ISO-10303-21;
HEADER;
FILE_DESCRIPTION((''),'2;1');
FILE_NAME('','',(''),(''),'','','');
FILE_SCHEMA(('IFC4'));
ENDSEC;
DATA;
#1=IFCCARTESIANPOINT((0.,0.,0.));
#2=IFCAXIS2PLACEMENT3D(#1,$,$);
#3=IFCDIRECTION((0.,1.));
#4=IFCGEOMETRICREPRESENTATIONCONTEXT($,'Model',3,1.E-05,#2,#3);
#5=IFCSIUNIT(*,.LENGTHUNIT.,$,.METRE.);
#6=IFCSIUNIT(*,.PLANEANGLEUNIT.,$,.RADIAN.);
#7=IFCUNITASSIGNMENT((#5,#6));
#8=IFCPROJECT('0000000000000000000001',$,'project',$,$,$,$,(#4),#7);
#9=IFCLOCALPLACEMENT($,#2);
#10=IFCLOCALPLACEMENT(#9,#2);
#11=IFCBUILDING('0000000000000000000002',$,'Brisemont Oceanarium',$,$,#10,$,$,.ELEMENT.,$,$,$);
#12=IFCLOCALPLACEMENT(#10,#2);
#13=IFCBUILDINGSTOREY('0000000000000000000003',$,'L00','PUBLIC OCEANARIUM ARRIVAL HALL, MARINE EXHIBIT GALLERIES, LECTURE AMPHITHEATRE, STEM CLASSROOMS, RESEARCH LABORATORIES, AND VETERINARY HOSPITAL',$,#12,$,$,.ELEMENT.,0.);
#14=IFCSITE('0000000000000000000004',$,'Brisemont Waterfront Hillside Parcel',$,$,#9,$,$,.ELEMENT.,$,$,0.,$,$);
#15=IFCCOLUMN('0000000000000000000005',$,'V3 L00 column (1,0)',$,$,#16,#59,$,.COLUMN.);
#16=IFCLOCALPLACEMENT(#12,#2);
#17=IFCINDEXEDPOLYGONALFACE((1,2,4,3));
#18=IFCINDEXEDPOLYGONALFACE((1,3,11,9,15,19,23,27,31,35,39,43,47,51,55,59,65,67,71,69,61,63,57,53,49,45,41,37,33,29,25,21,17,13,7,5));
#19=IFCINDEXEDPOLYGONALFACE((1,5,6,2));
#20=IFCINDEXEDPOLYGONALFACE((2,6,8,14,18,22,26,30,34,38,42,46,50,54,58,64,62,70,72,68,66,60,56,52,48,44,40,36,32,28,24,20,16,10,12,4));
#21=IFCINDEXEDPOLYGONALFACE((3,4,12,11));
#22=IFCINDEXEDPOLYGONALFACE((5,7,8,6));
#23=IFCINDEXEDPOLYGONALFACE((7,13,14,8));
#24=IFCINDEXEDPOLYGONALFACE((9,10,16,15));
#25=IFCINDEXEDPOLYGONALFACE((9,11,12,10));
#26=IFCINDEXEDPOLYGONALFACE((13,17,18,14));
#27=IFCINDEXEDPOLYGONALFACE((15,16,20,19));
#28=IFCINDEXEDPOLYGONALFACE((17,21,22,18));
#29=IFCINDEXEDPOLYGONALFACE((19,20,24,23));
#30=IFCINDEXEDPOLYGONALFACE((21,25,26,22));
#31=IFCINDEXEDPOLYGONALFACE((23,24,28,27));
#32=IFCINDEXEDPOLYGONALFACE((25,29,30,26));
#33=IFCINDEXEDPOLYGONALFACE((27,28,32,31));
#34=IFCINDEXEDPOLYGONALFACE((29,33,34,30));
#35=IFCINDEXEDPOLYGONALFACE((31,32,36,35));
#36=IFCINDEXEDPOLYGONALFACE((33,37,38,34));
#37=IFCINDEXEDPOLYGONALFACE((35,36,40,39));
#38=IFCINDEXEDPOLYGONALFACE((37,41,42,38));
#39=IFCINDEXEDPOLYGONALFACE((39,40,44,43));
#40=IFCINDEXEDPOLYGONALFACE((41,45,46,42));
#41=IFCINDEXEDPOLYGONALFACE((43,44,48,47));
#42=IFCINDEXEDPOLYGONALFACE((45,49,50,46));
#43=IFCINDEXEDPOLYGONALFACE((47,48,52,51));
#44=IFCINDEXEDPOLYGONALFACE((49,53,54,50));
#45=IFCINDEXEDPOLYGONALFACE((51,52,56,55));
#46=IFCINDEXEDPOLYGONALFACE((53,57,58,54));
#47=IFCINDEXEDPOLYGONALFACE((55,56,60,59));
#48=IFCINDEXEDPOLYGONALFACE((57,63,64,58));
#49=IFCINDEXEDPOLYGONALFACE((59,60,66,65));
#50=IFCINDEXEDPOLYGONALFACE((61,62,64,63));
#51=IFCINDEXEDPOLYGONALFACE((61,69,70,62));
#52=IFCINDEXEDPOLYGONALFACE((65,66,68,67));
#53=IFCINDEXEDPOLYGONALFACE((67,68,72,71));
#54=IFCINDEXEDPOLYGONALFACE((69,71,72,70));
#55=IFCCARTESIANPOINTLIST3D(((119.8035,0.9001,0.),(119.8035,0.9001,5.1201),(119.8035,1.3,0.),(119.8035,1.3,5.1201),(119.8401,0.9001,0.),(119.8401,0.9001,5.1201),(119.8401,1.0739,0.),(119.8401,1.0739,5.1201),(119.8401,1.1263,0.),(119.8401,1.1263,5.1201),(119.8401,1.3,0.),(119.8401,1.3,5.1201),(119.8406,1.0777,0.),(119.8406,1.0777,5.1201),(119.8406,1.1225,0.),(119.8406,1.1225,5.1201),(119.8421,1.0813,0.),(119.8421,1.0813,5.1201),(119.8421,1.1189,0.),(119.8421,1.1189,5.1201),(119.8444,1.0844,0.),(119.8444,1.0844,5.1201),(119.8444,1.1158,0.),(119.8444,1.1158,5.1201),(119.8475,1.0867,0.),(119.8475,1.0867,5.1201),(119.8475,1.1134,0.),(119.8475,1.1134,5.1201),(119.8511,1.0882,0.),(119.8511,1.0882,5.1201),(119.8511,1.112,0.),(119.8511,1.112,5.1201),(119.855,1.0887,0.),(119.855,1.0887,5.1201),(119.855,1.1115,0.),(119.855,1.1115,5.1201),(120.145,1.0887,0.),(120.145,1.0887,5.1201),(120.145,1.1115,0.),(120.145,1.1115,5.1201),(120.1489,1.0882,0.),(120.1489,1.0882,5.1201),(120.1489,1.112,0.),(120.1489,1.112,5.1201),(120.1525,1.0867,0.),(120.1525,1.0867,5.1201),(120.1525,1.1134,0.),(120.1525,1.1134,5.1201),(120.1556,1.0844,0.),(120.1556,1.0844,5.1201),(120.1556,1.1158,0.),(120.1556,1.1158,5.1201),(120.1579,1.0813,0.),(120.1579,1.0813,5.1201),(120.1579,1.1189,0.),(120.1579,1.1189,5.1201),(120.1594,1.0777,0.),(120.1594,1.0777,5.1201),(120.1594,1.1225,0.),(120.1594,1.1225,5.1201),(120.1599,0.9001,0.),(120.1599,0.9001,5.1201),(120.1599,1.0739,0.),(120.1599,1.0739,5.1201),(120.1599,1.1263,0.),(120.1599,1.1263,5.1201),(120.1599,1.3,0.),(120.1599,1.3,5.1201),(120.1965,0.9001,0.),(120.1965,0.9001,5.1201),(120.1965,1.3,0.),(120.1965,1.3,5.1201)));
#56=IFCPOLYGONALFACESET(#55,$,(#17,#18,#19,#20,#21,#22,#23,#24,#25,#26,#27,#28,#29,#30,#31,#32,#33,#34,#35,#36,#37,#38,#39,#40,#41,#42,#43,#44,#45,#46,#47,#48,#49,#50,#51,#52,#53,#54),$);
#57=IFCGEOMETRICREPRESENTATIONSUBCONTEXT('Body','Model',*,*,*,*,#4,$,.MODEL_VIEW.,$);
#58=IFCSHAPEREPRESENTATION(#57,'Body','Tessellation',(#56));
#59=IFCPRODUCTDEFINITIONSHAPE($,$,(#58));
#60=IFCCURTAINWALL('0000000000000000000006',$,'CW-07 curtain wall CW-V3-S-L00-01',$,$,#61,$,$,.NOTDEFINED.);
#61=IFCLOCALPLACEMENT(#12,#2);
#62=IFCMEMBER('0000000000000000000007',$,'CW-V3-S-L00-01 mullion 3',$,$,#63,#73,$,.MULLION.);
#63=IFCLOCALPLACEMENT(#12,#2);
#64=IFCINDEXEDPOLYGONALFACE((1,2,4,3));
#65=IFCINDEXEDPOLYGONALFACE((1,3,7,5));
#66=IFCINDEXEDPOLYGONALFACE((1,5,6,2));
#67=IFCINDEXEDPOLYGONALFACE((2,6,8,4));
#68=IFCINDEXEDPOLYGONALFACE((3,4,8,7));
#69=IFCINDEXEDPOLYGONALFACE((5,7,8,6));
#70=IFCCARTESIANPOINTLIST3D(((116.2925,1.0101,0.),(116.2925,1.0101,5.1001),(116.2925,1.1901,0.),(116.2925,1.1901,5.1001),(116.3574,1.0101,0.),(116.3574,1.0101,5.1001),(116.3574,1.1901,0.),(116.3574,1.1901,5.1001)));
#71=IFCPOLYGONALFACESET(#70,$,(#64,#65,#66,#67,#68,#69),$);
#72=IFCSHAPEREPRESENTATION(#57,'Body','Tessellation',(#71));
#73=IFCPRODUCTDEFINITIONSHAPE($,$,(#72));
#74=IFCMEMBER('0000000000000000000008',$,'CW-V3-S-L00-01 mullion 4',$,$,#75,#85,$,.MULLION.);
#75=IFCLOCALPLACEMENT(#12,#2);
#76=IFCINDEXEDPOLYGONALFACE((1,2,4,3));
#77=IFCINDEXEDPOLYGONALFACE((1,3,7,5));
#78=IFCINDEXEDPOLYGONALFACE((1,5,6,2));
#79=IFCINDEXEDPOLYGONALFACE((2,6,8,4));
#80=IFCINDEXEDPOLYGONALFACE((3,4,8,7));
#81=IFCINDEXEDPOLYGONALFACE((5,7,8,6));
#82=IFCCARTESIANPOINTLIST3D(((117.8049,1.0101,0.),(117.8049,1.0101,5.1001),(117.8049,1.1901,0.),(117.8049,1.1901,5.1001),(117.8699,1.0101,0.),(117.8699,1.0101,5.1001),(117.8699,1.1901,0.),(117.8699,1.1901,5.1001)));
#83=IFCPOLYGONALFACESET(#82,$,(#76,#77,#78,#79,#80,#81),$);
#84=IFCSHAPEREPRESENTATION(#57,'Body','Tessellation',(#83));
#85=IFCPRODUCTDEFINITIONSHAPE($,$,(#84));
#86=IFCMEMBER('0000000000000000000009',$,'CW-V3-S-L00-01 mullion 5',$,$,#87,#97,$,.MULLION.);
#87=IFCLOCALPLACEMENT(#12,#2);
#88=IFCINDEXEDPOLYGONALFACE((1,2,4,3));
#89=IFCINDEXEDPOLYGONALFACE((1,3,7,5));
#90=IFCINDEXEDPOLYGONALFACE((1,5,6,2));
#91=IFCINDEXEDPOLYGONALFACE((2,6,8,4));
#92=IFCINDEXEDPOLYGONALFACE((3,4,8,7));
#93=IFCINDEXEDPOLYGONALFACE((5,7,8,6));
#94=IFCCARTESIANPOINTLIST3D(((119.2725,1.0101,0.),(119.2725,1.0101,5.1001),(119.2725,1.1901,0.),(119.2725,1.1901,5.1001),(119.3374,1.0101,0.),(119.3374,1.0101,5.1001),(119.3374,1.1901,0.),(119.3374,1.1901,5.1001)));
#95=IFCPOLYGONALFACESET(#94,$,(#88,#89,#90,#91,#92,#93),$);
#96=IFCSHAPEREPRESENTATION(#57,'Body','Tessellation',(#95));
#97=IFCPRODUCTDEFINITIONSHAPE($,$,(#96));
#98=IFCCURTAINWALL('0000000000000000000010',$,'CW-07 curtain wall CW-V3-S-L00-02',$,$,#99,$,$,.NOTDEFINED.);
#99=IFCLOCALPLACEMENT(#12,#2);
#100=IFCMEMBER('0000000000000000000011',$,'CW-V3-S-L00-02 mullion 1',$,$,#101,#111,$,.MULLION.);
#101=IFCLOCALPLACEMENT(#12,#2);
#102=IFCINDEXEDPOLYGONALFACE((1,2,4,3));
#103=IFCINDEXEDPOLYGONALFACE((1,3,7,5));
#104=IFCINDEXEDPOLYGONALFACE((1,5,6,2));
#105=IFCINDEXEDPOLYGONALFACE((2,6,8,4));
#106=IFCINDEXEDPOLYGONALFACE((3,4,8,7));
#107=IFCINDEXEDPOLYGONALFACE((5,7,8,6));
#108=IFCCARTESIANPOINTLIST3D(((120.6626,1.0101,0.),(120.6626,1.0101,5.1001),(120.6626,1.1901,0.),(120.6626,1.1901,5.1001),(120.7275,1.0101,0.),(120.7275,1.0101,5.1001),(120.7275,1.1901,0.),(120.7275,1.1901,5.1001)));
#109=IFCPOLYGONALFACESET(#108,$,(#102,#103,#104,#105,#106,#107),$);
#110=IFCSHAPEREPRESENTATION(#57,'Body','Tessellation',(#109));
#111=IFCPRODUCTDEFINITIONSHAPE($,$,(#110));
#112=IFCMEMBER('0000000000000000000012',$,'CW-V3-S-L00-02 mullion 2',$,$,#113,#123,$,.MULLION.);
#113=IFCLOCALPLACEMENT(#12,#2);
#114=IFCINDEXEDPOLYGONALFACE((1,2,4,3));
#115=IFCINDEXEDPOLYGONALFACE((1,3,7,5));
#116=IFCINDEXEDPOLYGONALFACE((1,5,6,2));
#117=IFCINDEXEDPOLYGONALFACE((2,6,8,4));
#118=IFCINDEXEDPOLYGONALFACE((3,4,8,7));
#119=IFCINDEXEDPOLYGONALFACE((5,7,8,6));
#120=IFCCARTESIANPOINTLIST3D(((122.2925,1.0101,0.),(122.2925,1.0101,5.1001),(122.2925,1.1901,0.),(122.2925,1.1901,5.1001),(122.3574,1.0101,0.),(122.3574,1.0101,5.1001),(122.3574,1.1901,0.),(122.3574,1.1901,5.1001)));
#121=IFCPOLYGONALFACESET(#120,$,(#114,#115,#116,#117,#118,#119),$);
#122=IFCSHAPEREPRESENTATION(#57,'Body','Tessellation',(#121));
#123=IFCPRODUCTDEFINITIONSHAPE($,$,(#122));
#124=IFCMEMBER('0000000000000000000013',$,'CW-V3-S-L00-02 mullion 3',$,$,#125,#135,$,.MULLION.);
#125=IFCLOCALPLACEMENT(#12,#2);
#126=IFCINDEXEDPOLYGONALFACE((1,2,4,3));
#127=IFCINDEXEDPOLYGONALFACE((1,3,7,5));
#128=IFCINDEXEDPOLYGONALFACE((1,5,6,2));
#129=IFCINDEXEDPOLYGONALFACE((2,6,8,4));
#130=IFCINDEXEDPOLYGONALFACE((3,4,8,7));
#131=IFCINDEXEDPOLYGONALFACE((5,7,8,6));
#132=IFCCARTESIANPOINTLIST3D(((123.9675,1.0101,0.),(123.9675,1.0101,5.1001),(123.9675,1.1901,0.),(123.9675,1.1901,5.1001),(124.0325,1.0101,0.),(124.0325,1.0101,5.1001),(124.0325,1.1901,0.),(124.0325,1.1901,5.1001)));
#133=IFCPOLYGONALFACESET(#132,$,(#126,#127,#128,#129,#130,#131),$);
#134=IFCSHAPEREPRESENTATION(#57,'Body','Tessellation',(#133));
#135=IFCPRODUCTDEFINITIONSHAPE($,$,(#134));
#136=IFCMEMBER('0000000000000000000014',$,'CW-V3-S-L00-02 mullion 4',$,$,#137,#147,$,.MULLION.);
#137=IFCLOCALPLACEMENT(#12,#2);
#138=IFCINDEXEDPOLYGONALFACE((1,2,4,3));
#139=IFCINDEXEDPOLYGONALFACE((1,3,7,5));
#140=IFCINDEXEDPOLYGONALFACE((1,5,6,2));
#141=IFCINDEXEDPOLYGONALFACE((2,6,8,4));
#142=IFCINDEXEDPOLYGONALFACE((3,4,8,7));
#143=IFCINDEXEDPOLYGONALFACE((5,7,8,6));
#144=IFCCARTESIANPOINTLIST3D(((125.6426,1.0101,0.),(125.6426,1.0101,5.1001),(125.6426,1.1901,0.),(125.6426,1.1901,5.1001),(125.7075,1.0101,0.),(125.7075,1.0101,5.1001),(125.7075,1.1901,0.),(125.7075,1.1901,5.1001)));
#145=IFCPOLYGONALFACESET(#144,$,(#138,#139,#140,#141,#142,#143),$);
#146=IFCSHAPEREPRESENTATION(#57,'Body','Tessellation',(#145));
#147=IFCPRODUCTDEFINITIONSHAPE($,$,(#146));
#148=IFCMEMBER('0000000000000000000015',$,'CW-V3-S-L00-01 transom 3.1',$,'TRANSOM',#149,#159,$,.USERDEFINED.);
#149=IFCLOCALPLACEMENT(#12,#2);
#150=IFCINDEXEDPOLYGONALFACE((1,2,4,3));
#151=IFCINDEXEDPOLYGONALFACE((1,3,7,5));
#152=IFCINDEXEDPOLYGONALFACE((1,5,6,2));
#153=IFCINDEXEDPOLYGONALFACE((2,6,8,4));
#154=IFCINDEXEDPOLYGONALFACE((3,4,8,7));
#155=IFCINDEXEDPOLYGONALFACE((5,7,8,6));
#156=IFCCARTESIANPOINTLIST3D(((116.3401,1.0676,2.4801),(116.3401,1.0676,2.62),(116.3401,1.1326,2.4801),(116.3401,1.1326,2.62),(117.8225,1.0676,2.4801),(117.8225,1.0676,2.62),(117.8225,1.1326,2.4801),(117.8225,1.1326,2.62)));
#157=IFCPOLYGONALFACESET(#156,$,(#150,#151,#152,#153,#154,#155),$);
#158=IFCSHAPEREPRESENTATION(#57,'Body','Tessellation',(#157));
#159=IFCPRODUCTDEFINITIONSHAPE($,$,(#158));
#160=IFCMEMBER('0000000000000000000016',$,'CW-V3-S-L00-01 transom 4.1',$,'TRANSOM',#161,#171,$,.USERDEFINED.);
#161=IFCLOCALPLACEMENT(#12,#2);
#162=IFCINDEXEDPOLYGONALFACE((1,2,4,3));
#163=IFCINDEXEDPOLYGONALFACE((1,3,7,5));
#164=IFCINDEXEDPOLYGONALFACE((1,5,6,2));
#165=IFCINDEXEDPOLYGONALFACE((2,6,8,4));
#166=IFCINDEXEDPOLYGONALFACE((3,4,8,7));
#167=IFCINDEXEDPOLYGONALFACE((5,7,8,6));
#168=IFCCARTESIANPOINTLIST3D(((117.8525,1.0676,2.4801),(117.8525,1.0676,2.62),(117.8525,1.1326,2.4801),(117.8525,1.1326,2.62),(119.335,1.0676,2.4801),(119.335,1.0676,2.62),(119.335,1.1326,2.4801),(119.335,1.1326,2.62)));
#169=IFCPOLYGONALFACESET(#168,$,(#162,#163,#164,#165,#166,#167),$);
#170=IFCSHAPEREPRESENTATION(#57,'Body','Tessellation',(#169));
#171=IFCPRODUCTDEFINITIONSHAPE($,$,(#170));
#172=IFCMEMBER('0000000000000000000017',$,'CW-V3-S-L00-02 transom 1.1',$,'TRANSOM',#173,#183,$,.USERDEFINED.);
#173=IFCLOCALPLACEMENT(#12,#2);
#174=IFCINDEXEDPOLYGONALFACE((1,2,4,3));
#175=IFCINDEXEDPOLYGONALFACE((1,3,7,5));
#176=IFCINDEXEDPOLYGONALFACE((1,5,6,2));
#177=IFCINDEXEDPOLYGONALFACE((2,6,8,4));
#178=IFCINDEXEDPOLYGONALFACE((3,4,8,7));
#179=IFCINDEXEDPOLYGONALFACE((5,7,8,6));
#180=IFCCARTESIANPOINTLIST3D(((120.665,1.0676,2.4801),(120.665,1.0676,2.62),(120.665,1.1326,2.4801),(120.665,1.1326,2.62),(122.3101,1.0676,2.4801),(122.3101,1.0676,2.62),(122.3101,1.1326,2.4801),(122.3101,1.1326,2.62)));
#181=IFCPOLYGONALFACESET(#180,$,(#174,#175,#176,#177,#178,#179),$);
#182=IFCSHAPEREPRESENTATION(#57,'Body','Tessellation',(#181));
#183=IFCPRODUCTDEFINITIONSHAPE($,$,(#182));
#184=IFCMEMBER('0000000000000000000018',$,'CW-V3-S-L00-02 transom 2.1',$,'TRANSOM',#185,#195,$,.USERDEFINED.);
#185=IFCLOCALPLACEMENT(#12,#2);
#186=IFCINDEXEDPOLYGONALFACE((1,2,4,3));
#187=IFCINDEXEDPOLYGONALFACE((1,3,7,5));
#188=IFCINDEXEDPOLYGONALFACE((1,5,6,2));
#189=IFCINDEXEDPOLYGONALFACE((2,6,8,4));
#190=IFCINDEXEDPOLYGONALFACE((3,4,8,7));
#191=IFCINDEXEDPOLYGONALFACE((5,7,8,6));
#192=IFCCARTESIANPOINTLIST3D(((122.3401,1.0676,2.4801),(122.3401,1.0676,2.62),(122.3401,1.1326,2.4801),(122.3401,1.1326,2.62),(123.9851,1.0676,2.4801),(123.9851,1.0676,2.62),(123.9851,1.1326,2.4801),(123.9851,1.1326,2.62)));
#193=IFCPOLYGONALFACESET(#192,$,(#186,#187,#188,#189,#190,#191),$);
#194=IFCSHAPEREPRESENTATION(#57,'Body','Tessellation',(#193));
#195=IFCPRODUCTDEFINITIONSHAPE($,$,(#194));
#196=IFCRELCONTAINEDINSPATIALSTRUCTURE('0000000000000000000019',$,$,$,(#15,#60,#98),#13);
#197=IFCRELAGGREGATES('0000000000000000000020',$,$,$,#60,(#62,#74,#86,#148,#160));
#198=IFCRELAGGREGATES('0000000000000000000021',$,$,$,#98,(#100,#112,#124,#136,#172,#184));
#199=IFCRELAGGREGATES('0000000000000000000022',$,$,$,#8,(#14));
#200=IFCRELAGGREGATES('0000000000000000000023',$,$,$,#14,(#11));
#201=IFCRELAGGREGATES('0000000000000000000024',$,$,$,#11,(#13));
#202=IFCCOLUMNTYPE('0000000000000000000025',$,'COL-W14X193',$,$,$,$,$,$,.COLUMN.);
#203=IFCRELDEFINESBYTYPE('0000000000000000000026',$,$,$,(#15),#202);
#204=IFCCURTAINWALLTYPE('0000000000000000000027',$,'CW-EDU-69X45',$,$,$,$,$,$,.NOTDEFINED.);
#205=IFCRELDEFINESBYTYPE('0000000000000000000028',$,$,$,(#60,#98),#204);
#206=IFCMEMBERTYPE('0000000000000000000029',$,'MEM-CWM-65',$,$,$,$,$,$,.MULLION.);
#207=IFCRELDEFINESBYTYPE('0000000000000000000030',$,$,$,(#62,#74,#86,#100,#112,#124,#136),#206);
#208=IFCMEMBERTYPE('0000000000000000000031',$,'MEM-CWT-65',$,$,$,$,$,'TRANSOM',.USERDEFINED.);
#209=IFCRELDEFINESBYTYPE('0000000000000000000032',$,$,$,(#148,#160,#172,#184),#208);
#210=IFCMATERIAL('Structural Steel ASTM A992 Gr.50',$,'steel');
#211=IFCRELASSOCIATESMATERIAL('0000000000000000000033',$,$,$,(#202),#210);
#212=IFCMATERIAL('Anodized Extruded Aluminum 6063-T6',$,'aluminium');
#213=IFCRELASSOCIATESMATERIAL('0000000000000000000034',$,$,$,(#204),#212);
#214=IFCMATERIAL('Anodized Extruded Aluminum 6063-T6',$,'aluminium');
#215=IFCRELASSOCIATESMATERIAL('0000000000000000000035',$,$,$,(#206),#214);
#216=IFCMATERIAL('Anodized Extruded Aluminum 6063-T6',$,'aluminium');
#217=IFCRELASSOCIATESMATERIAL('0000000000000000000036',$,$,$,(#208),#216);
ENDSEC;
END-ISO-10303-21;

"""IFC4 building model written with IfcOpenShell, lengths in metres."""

from ifc_helpers import new_model, si_unit, direction, frame, origin, origin_2d, place, context, subcontext, project, spatial, rectangle, i_section, extrude, material, material_profile, profile_set, type_object, element, aggregate, save


model = new_model("IFC4")

# Units and contexts
model_context = context("Model", 3, precision=1e-05, world=origin(), true_north=direction((0.0, 1.0)))
body_context = subcontext(model_context, "Body", "Model", "MODEL_VIEW")
ifc_project = project(units=[si_unit("LENGTHUNIT", "METRE"), si_unit("PLANEANGLEUNIT", "RADIAN")], contexts=[model_context])

# Site, building, storey
site_placement = place(None, origin())
site = spatial("IfcSite", under=ifc_project, at=site_placement, Name="Brisemont Waterfront Hillside Parcel", CompositionType="ELEMENT", RefElevation=0.0)
building_placement = place(site_placement, origin())
building = spatial("IfcBuilding", under=site, at=building_placement, Name="Brisemont Oceanarium", CompositionType="ELEMENT")
storey_placement = place(building_placement, origin())
storey = spatial("IfcBuildingStorey", under=building, at=storey_placement, Name="L00", Description="PUBLIC OCEANARIUM ARRIVAL HALL, MARINE EXHIBIT GALLERIES, LECTURE AMPHITHEATRE, STEM CLASSROOMS, RESEARCH LABORATORIES, AND VETERINARY HOSPITAL", CompositionType="ELEMENT", Elevation=0.0)

# Column
ifc_material_1 = material(Name="Structural Steel ASTM A992 Gr.50", Category="steel")
ifc_material_profile_1 = material_profile(ifc_material_1, i_section(OverallWidth=0.3999, OverallDepth=0.3931, WebThickness=0.0227, FlangeThickness=0.0366, FilletRadius=0.0149, at=origin_2d()), Name="W14X193")
ifc_profile_set_1 = profile_set([ifc_material_profile_1], Name="Structural Steel ASTM A992 Gr.50")
column_type_1 = type_object("IfcColumnType", Name="COL-W14X193", PredefinedType="COLUMN", material=ifc_profile_set_1)
column_1_placement = place(storey_placement, frame((120.0, 1.1001, 0.0), z_axis=(0.0, 0.0, 1.0), x_axis=(0.0, 1.0, 0.0)))
element("IfcColumn", 1, at=column_1_placement, inside=storey, type_object=column_type_1, Name="V3 L00 column (1,0)", PredefinedType="COLUMN", context=body_context, shape_type="SweptSolid", body=[
    extrude(i_section(OverallWidth=0.3999, OverallDepth=0.3931, WebThickness=0.0227, FlangeThickness=0.0366, FilletRadius=0.0149, at=origin_2d()), origin(), (0.0, 0.0, 1.0), 5.1201),
])

# Curtain walls, members
ifc_material_2 = material(Name="Anodized Extruded Aluminum 6063-T6", Category="aluminium")
curtain_wall_type = type_object("IfcCurtainWallType", Name="CW-EDU-69X45", PredefinedType="NOTDEFINED", material=ifc_material_2)
curtain_wall_1_placement = place(storey_placement, origin())
curtain_wall_1 = element("IfcCurtainWall", 2, at=curtain_wall_1_placement, inside=storey, type_object=curtain_wall_type, Name="CW-07 curtain wall CW-V3-S-L00-01", PredefinedType="NOTDEFINED")
ifc_material_3 = material(Name="Anodized Extruded Aluminum 6063-T6", Category="aluminium")
ifc_material_profile_2 = material_profile(ifc_material_3, rectangle(XDim=0.0649, YDim=0.1799, at=origin_2d()), Name="CWM-65X180")
ifc_profile_set_2 = profile_set([ifc_material_profile_2], Name="Anodized Extruded Aluminum 6063-T6")
member_type_1 = type_object("IfcMemberType", Name="MEM-CWM-65", PredefinedType="MULLION", material=ifc_profile_set_2)
member_1_placement = place(storey_placement, frame((116.325, 1.1001, 0.0), z_axis=(0.0, 0.0, 1.0), x_axis=(1.0, 0.0, 0.0)))
member_1 = element("IfcMember", 3, at=member_1_placement, type_object=member_type_1, Name="CW-V3-S-L00-01 mullion 3", PredefinedType="MULLION", context=body_context, shape_type="SweptSolid", body=[
    extrude(rectangle(XDim=0.0649, YDim=0.1799, at=origin_2d()), origin(), (0.0, 0.0, 1.0), 5.1001),
])
member_2_placement = place(storey_placement, frame((117.8374, 1.1001, 0.0), z_axis=(0.0, 0.0, 1.0), x_axis=(1.0, 0.0, 0.0)))
member_2 = element("IfcMember", 4, at=member_2_placement, type_object=member_type_1, Name="CW-V3-S-L00-01 mullion 4", PredefinedType="MULLION", context=body_context, shape_type="SweptSolid", body=[
    extrude(rectangle(XDim=0.0649, YDim=0.1799, at=origin_2d()), origin(), (0.0, 0.0, 1.0), 5.1001),
])
member_3_placement = place(storey_placement, frame((119.3049, 1.1001, 0.0), z_axis=(0.0, 0.0, 1.0), x_axis=(1.0, 0.0, 0.0)))
member_3 = element("IfcMember", 5, at=member_3_placement, type_object=member_type_1, Name="CW-V3-S-L00-01 mullion 5", PredefinedType="MULLION", context=body_context, shape_type="SweptSolid", body=[
    extrude(rectangle(XDim=0.0649, YDim=0.1799, at=origin_2d()), origin(), (0.0, 0.0, 1.0), 5.1001),
])
curtain_wall_2_placement = place(storey_placement, origin())
curtain_wall_2 = element("IfcCurtainWall", 6, at=curtain_wall_2_placement, inside=storey, type_object=curtain_wall_type, Name="CW-07 curtain wall CW-V3-S-L00-02", PredefinedType="NOTDEFINED")
member_4_placement = place(storey_placement, frame((120.6951, 1.1001, 0.0), z_axis=(0.0, 0.0, 1.0), x_axis=(1.0, 0.0, 0.0)))
member_4 = element("IfcMember", 7, at=member_4_placement, type_object=member_type_1, Name="CW-V3-S-L00-02 mullion 1", PredefinedType="MULLION", context=body_context, shape_type="SweptSolid", body=[
    extrude(rectangle(XDim=0.0649, YDim=0.1799, at=origin_2d()), origin(), (0.0, 0.0, 1.0), 5.1001),
])
member_5_placement = place(storey_placement, frame((122.325, 1.1001, 0.0), z_axis=(0.0, 0.0, 1.0), x_axis=(1.0, 0.0, 0.0)))
member_5 = element("IfcMember", 8, at=member_5_placement, type_object=member_type_1, Name="CW-V3-S-L00-02 mullion 2", PredefinedType="MULLION", context=body_context, shape_type="SweptSolid", body=[
    extrude(rectangle(XDim=0.0649, YDim=0.1799, at=origin_2d()), origin(), (0.0, 0.0, 1.0), 5.1001),
])
member_6_placement = place(storey_placement, frame((124.0, 1.1001, 0.0), z_axis=(0.0, 0.0, 1.0), x_axis=(1.0, 0.0, 0.0)))
member_6 = element("IfcMember", 9, at=member_6_placement, type_object=member_type_1, Name="CW-V3-S-L00-02 mullion 3", PredefinedType="MULLION", context=body_context, shape_type="SweptSolid", body=[
    extrude(rectangle(XDim=0.0649, YDim=0.1799, at=origin_2d()), origin(), (0.0, 0.0, 1.0), 5.1001),
])
member_7_placement = place(storey_placement, frame((125.675, 1.1001, 0.0), z_axis=(0.0, 0.0, 1.0), x_axis=(1.0, 0.0, 0.0)))
member_7 = element("IfcMember", 10, at=member_7_placement, type_object=member_type_1, Name="CW-V3-S-L00-02 mullion 4", PredefinedType="MULLION", context=body_context, shape_type="SweptSolid", body=[
    extrude(rectangle(XDim=0.0649, YDim=0.1799, at=origin_2d()), origin(), (0.0, 0.0, 1.0), 5.1001),
])

# Members
ifc_material_4 = material(Name="Anodized Extruded Aluminum 6063-T6", Category="aluminium")
ifc_material_profile_3 = material_profile(ifc_material_4, rectangle(XDim=0.0649, YDim=0.1399, at=origin_2d()), Name="CWT-65X140")
ifc_profile_set_3 = profile_set([ifc_material_profile_3], Name="Anodized Extruded Aluminum 6063-T6")
member_type_2 = type_object("IfcMemberType", Name="MEM-CWT-65", ElementType="TRANSOM", PredefinedType="USERDEFINED", material=ifc_profile_set_3)
member_8_placement = place(storey_placement, frame((116.3401, 1.1001, 2.55), z_axis=(1.0, 0.0, 0.0), x_axis=(0.0, 1.0, 0.0)))
member_8 = element("IfcMember", 11, at=member_8_placement, type_object=member_type_2, Name="CW-V3-S-L00-01 transom 3.1", ObjectType="TRANSOM", PredefinedType="USERDEFINED", context=body_context, shape_type="SweptSolid", body=[
    extrude(rectangle(XDim=0.0649, YDim=0.1399, at=origin_2d()), origin(), (0.0, 0.0, 1.0), 1.4824),
])
member_9_placement = place(storey_placement, frame((117.8525, 1.1001, 2.55), z_axis=(1.0, 0.0, 0.0), x_axis=(0.0, 1.0, 0.0)))
member_9 = element("IfcMember", 12, at=member_9_placement, type_object=member_type_2, Name="CW-V3-S-L00-01 transom 4.1", ObjectType="TRANSOM", PredefinedType="USERDEFINED", context=body_context, shape_type="SweptSolid", body=[
    extrude(rectangle(XDim=0.0649, YDim=0.1399, at=origin_2d()), origin(), (0.0, 0.0, 1.0), 1.4824),
])
member_10_placement = place(storey_placement, frame((120.665, 1.1001, 2.55), z_axis=(1.0, 0.0, 0.0), x_axis=(0.0, 1.0, 0.0)))
member_10 = element("IfcMember", 13, at=member_10_placement, type_object=member_type_2, Name="CW-V3-S-L00-02 transom 1.1", ObjectType="TRANSOM", PredefinedType="USERDEFINED", context=body_context, shape_type="SweptSolid", body=[
    extrude(rectangle(XDim=0.0649, YDim=0.1399, at=origin_2d()), origin(), (0.0, 0.0, 1.0), 1.645),
])
member_11_placement = place(storey_placement, frame((122.3401, 1.1001, 2.55), z_axis=(1.0, 0.0, 0.0), x_axis=(0.0, 1.0, 0.0)))
member_11 = element("IfcMember", 14, at=member_11_placement, type_object=member_type_2, Name="CW-V3-S-L00-02 transom 2.1", ObjectType="TRANSOM", PredefinedType="USERDEFINED", context=body_context, shape_type="SweptSolid", body=[
    extrude(rectangle(XDim=0.0649, YDim=0.1399, at=origin_2d()), origin(), (0.0, 0.0, 1.0), 1.645),
])

aggregate(curtain_wall_1, [member_1, member_2, member_3, member_8, member_9])
aggregate(curtain_wall_2, [member_4, member_5, member_6, member_7, member_10, member_11])

save(model, "model.ifc")
